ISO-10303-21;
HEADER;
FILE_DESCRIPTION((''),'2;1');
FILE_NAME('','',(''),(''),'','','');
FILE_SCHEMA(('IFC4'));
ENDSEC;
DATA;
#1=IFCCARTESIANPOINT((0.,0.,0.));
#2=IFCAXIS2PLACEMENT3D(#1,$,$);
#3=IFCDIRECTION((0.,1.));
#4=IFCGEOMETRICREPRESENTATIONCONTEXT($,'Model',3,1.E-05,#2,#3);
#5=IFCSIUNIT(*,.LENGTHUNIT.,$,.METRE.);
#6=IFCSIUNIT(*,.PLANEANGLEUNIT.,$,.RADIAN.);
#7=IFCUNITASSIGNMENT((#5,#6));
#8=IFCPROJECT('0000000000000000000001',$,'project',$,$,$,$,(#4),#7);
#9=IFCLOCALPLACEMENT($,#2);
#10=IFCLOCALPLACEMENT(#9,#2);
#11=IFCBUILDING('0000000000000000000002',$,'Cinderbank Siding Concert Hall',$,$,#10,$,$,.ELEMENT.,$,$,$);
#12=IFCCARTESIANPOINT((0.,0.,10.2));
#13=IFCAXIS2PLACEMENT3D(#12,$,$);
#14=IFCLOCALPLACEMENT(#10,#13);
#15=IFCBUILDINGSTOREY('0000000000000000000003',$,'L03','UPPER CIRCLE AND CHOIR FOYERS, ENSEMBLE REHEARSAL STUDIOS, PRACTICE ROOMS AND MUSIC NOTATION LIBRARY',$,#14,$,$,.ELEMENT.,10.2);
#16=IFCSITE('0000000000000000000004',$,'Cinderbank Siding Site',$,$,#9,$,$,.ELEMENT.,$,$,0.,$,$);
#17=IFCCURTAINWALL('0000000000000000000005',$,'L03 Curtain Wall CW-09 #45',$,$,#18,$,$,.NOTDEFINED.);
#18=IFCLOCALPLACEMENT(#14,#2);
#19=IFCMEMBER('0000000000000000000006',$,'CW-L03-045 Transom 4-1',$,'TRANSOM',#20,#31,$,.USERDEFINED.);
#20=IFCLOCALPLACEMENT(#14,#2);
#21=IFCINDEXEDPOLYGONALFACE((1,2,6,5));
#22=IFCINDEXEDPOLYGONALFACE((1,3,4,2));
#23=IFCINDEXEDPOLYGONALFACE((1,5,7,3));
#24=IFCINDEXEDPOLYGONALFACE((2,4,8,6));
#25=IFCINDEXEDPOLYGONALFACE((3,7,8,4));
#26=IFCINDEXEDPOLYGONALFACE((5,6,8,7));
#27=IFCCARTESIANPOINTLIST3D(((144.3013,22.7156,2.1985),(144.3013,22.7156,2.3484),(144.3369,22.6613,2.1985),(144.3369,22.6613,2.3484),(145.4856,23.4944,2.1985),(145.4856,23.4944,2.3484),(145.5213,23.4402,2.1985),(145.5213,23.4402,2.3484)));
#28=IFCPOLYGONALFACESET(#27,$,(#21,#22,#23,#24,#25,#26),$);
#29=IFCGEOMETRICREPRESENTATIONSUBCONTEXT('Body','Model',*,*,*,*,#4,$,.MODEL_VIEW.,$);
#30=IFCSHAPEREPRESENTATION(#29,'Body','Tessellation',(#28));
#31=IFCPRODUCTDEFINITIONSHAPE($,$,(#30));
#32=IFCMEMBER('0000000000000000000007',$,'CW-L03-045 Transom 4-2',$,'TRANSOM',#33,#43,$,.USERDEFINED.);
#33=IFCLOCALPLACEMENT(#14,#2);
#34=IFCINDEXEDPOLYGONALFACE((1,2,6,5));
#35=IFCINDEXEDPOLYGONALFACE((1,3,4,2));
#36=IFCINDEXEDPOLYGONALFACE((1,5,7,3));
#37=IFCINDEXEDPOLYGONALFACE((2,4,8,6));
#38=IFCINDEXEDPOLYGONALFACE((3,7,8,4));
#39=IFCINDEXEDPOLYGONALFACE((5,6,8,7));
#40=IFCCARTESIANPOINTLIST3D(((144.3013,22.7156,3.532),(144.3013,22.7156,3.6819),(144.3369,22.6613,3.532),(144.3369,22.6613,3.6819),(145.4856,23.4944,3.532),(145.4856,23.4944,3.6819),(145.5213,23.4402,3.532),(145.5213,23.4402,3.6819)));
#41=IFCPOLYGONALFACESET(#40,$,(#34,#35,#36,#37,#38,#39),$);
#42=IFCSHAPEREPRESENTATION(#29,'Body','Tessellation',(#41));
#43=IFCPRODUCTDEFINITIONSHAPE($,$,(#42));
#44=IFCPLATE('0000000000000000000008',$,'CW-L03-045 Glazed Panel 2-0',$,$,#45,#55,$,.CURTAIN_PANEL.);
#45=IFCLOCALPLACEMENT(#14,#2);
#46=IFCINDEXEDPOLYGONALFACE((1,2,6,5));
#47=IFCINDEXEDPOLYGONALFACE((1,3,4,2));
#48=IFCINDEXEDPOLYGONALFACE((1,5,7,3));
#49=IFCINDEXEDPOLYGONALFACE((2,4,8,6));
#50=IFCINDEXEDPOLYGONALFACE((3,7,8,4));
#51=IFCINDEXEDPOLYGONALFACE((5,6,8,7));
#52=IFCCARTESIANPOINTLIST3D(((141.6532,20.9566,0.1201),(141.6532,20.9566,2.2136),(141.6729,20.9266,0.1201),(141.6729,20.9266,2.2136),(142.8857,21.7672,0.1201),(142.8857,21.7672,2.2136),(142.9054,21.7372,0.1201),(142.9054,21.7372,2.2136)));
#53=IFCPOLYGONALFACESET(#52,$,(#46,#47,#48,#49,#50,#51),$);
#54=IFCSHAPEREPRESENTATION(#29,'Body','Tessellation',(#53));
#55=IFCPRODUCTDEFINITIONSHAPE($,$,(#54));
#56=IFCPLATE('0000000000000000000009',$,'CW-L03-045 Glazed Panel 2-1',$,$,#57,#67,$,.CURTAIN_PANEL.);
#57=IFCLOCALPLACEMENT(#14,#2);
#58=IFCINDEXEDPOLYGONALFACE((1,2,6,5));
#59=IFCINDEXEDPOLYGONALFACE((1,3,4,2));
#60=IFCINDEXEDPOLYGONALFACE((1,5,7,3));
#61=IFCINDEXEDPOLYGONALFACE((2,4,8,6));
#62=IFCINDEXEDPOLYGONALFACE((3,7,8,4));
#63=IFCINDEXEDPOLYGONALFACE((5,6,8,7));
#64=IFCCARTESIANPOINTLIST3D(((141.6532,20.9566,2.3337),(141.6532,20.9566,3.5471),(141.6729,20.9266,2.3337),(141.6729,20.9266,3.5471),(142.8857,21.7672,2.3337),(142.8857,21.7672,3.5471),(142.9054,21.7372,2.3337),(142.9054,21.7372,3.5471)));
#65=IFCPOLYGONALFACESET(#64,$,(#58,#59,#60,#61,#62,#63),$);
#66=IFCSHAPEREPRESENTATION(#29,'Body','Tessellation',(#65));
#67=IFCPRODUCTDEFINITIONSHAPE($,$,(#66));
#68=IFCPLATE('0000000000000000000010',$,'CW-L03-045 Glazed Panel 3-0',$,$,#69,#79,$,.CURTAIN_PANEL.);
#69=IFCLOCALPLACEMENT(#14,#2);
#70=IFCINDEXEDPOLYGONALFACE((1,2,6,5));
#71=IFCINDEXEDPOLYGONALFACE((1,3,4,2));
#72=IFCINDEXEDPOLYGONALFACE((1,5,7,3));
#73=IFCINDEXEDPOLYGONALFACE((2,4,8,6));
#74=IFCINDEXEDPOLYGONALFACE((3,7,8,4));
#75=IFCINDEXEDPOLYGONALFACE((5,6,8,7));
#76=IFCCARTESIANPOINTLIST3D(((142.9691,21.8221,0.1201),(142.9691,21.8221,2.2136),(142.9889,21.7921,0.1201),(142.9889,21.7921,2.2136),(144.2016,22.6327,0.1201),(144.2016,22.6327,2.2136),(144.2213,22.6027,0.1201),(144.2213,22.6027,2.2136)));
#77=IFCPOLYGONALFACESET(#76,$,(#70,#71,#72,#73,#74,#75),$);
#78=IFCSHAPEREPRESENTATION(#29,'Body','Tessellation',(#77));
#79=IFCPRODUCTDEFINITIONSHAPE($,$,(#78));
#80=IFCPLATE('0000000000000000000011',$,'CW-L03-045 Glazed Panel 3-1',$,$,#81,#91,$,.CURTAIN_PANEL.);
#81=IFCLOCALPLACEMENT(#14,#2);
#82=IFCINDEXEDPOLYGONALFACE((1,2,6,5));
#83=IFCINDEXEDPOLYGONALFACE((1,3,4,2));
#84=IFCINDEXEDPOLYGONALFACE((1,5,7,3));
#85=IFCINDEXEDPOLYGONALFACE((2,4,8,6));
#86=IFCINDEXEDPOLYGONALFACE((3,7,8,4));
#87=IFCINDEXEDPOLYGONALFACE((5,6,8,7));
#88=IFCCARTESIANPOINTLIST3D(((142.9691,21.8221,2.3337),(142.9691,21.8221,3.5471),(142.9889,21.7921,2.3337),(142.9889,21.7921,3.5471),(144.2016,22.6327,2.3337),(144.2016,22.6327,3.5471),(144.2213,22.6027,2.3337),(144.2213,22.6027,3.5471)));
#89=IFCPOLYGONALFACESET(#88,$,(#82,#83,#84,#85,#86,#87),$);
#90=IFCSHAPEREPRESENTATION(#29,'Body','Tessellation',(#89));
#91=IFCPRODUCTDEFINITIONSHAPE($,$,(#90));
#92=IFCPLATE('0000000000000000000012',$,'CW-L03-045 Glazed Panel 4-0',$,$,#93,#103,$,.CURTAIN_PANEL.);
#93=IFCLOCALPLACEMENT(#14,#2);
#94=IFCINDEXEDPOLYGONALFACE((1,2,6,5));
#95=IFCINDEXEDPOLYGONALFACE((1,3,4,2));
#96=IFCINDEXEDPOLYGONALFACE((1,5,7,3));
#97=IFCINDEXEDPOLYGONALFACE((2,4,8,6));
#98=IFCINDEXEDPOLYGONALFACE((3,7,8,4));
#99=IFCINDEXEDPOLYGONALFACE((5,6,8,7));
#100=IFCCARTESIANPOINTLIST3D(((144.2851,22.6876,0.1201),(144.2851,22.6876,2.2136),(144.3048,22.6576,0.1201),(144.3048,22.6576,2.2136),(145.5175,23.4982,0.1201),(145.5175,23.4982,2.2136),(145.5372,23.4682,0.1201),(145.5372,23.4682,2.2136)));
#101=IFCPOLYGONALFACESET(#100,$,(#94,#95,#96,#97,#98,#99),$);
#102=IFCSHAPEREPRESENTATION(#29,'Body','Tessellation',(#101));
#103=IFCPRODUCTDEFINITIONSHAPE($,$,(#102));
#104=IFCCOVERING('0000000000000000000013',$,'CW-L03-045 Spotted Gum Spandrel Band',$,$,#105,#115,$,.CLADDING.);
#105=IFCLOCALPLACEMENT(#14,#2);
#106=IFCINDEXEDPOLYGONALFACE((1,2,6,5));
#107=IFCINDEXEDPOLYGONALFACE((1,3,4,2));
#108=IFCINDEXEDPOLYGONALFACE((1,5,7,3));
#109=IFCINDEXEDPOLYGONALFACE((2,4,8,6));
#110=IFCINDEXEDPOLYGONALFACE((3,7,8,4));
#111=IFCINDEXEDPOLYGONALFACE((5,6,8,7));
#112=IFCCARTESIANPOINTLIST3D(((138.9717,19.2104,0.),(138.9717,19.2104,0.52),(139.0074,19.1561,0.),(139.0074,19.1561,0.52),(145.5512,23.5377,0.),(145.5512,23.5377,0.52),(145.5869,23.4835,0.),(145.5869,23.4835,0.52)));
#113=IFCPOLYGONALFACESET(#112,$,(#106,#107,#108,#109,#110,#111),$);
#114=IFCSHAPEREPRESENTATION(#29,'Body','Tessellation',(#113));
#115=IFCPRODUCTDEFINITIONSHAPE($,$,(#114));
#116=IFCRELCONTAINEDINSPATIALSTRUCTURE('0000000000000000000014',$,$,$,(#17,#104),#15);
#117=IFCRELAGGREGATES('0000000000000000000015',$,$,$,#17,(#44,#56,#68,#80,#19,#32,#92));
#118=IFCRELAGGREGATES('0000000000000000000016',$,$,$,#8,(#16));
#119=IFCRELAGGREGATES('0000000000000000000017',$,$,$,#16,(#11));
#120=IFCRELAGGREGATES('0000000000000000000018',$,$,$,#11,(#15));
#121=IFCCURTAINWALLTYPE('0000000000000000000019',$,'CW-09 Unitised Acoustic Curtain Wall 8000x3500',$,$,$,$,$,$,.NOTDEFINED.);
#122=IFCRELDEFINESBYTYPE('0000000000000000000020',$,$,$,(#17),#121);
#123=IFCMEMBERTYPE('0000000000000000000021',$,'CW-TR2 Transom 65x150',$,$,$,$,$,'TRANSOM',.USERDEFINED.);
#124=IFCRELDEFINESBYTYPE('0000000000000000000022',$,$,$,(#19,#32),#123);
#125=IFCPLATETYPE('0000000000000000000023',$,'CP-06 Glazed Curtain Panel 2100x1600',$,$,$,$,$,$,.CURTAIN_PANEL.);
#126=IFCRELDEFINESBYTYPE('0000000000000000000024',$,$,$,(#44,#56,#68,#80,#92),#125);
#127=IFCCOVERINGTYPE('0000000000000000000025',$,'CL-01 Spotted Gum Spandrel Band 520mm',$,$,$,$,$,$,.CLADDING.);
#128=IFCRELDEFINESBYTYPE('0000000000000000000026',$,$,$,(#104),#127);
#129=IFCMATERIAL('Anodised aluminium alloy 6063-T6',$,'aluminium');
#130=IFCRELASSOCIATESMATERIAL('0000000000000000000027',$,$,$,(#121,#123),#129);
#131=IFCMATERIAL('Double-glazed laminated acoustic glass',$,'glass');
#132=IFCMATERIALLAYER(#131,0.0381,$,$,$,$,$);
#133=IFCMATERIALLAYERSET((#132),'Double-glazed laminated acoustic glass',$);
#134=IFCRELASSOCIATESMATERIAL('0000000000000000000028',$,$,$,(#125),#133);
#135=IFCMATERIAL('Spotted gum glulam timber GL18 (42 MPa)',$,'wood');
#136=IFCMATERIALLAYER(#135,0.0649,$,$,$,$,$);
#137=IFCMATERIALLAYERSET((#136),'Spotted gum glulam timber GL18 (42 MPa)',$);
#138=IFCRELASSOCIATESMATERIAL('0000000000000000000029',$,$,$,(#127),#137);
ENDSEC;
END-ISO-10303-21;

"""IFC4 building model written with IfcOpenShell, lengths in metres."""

from ifc_helpers import new_model, si_unit, direction, frame, origin, origin_2d, place, context, subcontext, project, spatial, rectangle, extrude, material, layer, layer_set, material_profile, profile_set, type_object, element, aggregate, save


model = new_model("IFC4")

# Units and contexts
model_context = context("Model", 3, precision=1e-05, world=origin(), true_north=direction((0.0, 1.0)))
body_context = subcontext(model_context, "Body", "Model", "MODEL_VIEW")
ifc_project = project(units=[si_unit("LENGTHUNIT", "METRE"), si_unit("PLANEANGLEUNIT", "RADIAN")], contexts=[model_context])

# Site, building, storey
site_placement = place(None, origin())
site = spatial("IfcSite", under=ifc_project, at=site_placement, Name="Cinderbank Siding Site", CompositionType="ELEMENT", RefElevation=0.0)
building_placement = place(site_placement, origin())
building = spatial("IfcBuilding", under=site, at=building_placement, Name="Cinderbank Siding Concert Hall", CompositionType="ELEMENT")
storey_placement = place(building_placement, frame((0.0, 0.0, 10.2)))
storey = spatial("IfcBuildingStorey", under=building, at=storey_placement, Name="L03", Description="UPPER CIRCLE AND CHOIR FOYERS, ENSEMBLE REHEARSAL STUDIOS, PRACTICE ROOMS AND MUSIC NOTATION LIBRARY", CompositionType="ELEMENT", Elevation=10.2)

# Curtain wall, members, plates
ifc_material_1 = material(Name="Anodised aluminium alloy 6063-T6", Category="aluminium")
curtain_wall_type = type_object("IfcCurtainWallType", Name="CW-09 Unitised Acoustic Curtain Wall 8000x3500", PredefinedType="NOTDEFINED", material=ifc_material_1)
curtain_wall_placement = place(storey_placement, origin())
curtain_wall = element("IfcCurtainWall", 1, at=curtain_wall_placement, inside=storey, type_object=curtain_wall_type, Name="L03 Curtain Wall CW-09 #45", PredefinedType="NOTDEFINED")
ifc_material_profile_1 = material_profile(ifc_material_1, rectangle(XDim=0.0649, YDim=0.1499, at=origin_2d()), Name="ALU-TRAN-65x150", Category="LoadBearing")
ifc_profile_set_1 = profile_set([ifc_material_profile_1], Name="Anodised aluminium alloy 6063-T6")
member_type_1 = type_object("IfcMemberType", Name="CW-TR2 Transom 65x150", ElementType="TRANSOM", PredefinedType="USERDEFINED", material=ifc_profile_set_1)
member_1_placement = place(storey_placement, frame((144.3191, 22.6885, 2.2734), z_axis=(0.835532, 0.549443, 0.0), x_axis=(-0.549443, 0.835532, 0.0)))
member_1 = element("IfcMember", 2, at=member_1_placement, type_object=member_type_1, Name="CW-L03-045 Transom 4-1", ObjectType="TRANSOM", PredefinedType="USERDEFINED", context=body_context, shape_type="SweptSolid", body=[
    extrude(rectangle(XDim=0.0649, YDim=0.1499, at=origin_2d()), origin(), (0.0, 0.0, 1.0), 1.4175),
])
member_2_placement = place(storey_placement, frame((144.3191, 22.6885, 3.6069), z_axis=(0.835532, 0.549443, 0.0), x_axis=(-0.549443, 0.835532, 0.0)))
member_2 = element("IfcMember", 3, at=member_2_placement, type_object=member_type_1, Name="CW-L03-045 Transom 4-2", ObjectType="TRANSOM", PredefinedType="USERDEFINED", context=body_context, shape_type="SweptSolid", body=[
    extrude(rectangle(XDim=0.0649, YDim=0.1499, at=origin_2d()), origin(), (0.0, 0.0, 1.0), 1.4175),
])
ifc_material_2 = material(Name="Double-glazed laminated acoustic glass", Category="glass")
ifc_layer_1 = layer(ifc_material_2, 0.0381)
ifc_layer_set_1 = layer_set([ifc_layer_1], Name="Double-glazed laminated acoustic glass")
plate_type = type_object("IfcPlateType", Name="CP-06 Glazed Curtain Panel 2100x1600", PredefinedType="CURTAIN_PANEL", material=ifc_layer_set_1)
plate_1_placement = place(storey_placement, frame((142.2793, 21.3469, 0.1201), z_axis=(0.0, 0.0, 1.0), x_axis=(0.835492, 0.549503, 0.0)))
plate_1 = element("IfcPlate", 4, at=plate_1_placement, type_object=plate_type, Name="CW-L03-045 Glazed Panel 2-0", PredefinedType="CURTAIN_PANEL", context=body_context, shape_type="SweptSolid", body=[
    extrude(rectangle(XDim=1.4751, YDim=0.0359, at=origin_2d()), origin(), (0.0, 0.0, 1.0), 2.0935),
])
plate_2_placement = place(storey_placement, frame((142.2793, 21.3469, 2.3337), z_axis=(0.0, 0.0, 1.0), x_axis=(0.835492, 0.549503, 0.0)))
plate_2 = element("IfcPlate", 5, at=plate_2_placement, type_object=plate_type, Name="CW-L03-045 Glazed Panel 2-1", PredefinedType="CURTAIN_PANEL", context=body_context, shape_type="SweptSolid", body=[
    extrude(rectangle(XDim=1.4751, YDim=0.0359, at=origin_2d()), origin(), (0.0, 0.0, 1.0), 1.2134),
])
plate_3_placement = place(storey_placement, frame((143.5952, 22.2124, 0.1201), z_axis=(0.0, 0.0, 1.0), x_axis=(0.835492, 0.549503, 0.0)))
plate_3 = element("IfcPlate", 6, at=plate_3_placement, type_object=plate_type, Name="CW-L03-045 Glazed Panel 3-0", PredefinedType="CURTAIN_PANEL", context=body_context, shape_type="SweptSolid", body=[
    extrude(rectangle(XDim=1.4751, YDim=0.0359, at=origin_2d()), origin(), (0.0, 0.0, 1.0), 2.0935),
])
plate_4_placement = place(storey_placement, frame((143.5952, 22.2124, 2.3337), z_axis=(0.0, 0.0, 1.0), x_axis=(0.835492, 0.549503, 0.0)))
plate_4 = element("IfcPlate", 7, at=plate_4_placement, type_object=plate_type, Name="CW-L03-045 Glazed Panel 3-1", PredefinedType="CURTAIN_PANEL", context=body_context, shape_type="SweptSolid", body=[
    extrude(rectangle(XDim=1.4751, YDim=0.0359, at=origin_2d()), origin(), (0.0, 0.0, 1.0), 1.2134),
])
plate_5_placement = place(storey_placement, frame((144.9111, 23.0779, 0.1201), z_axis=(0.0, 0.0, 1.0), x_axis=(0.835492, 0.549503, 0.0)))
plate_5 = element("IfcPlate", 8, at=plate_5_placement, type_object=plate_type, Name="CW-L03-045 Glazed Panel 4-0", PredefinedType="CURTAIN_PANEL", context=body_context, shape_type="SweptSolid", body=[
    extrude(rectangle(XDim=1.4751, YDim=0.0359, at=origin_2d()), origin(), (0.0, 0.0, 1.0), 2.0935),
])
aggregate(curtain_wall, [plate_1, plate_2, plate_3, plate_4, member_1, member_2, plate_5])

# Covering
ifc_material_3 = material(Name="Spotted gum glulam timber GL18 (42 MPa)", Category="wood")
ifc_layer_2 = layer(ifc_material_3, 0.0649)
ifc_layer_set_2 = layer_set([ifc_layer_2], Name="Spotted gum glulam timber GL18 (42 MPa)")
covering_type = type_object("IfcCoveringType", Name="CL-01 Spotted Gum Spandrel Band 520mm", PredefinedType="CLADDING", material=ifc_layer_set_2)
covering_placement = place(storey_placement, frame((142.2793, 21.3469, 0.0), z_axis=(0.0, 0.0, 1.0), x_axis=(0.835492, 0.549503, 0.0)))
element("IfcCovering", 9, at=covering_placement, inside=storey, type_object=covering_type, Name="CW-L03-045 Spotted Gum Spandrel Band", PredefinedType="CLADDING", context=body_context, shape_type="SweptSolid", body=[
    extrude(rectangle(XDim=7.875, YDim=0.0649, at=origin_2d()), origin(), (0.0, 0.0, 1.0), 0.52),
])

save(model, "model.ifc")
